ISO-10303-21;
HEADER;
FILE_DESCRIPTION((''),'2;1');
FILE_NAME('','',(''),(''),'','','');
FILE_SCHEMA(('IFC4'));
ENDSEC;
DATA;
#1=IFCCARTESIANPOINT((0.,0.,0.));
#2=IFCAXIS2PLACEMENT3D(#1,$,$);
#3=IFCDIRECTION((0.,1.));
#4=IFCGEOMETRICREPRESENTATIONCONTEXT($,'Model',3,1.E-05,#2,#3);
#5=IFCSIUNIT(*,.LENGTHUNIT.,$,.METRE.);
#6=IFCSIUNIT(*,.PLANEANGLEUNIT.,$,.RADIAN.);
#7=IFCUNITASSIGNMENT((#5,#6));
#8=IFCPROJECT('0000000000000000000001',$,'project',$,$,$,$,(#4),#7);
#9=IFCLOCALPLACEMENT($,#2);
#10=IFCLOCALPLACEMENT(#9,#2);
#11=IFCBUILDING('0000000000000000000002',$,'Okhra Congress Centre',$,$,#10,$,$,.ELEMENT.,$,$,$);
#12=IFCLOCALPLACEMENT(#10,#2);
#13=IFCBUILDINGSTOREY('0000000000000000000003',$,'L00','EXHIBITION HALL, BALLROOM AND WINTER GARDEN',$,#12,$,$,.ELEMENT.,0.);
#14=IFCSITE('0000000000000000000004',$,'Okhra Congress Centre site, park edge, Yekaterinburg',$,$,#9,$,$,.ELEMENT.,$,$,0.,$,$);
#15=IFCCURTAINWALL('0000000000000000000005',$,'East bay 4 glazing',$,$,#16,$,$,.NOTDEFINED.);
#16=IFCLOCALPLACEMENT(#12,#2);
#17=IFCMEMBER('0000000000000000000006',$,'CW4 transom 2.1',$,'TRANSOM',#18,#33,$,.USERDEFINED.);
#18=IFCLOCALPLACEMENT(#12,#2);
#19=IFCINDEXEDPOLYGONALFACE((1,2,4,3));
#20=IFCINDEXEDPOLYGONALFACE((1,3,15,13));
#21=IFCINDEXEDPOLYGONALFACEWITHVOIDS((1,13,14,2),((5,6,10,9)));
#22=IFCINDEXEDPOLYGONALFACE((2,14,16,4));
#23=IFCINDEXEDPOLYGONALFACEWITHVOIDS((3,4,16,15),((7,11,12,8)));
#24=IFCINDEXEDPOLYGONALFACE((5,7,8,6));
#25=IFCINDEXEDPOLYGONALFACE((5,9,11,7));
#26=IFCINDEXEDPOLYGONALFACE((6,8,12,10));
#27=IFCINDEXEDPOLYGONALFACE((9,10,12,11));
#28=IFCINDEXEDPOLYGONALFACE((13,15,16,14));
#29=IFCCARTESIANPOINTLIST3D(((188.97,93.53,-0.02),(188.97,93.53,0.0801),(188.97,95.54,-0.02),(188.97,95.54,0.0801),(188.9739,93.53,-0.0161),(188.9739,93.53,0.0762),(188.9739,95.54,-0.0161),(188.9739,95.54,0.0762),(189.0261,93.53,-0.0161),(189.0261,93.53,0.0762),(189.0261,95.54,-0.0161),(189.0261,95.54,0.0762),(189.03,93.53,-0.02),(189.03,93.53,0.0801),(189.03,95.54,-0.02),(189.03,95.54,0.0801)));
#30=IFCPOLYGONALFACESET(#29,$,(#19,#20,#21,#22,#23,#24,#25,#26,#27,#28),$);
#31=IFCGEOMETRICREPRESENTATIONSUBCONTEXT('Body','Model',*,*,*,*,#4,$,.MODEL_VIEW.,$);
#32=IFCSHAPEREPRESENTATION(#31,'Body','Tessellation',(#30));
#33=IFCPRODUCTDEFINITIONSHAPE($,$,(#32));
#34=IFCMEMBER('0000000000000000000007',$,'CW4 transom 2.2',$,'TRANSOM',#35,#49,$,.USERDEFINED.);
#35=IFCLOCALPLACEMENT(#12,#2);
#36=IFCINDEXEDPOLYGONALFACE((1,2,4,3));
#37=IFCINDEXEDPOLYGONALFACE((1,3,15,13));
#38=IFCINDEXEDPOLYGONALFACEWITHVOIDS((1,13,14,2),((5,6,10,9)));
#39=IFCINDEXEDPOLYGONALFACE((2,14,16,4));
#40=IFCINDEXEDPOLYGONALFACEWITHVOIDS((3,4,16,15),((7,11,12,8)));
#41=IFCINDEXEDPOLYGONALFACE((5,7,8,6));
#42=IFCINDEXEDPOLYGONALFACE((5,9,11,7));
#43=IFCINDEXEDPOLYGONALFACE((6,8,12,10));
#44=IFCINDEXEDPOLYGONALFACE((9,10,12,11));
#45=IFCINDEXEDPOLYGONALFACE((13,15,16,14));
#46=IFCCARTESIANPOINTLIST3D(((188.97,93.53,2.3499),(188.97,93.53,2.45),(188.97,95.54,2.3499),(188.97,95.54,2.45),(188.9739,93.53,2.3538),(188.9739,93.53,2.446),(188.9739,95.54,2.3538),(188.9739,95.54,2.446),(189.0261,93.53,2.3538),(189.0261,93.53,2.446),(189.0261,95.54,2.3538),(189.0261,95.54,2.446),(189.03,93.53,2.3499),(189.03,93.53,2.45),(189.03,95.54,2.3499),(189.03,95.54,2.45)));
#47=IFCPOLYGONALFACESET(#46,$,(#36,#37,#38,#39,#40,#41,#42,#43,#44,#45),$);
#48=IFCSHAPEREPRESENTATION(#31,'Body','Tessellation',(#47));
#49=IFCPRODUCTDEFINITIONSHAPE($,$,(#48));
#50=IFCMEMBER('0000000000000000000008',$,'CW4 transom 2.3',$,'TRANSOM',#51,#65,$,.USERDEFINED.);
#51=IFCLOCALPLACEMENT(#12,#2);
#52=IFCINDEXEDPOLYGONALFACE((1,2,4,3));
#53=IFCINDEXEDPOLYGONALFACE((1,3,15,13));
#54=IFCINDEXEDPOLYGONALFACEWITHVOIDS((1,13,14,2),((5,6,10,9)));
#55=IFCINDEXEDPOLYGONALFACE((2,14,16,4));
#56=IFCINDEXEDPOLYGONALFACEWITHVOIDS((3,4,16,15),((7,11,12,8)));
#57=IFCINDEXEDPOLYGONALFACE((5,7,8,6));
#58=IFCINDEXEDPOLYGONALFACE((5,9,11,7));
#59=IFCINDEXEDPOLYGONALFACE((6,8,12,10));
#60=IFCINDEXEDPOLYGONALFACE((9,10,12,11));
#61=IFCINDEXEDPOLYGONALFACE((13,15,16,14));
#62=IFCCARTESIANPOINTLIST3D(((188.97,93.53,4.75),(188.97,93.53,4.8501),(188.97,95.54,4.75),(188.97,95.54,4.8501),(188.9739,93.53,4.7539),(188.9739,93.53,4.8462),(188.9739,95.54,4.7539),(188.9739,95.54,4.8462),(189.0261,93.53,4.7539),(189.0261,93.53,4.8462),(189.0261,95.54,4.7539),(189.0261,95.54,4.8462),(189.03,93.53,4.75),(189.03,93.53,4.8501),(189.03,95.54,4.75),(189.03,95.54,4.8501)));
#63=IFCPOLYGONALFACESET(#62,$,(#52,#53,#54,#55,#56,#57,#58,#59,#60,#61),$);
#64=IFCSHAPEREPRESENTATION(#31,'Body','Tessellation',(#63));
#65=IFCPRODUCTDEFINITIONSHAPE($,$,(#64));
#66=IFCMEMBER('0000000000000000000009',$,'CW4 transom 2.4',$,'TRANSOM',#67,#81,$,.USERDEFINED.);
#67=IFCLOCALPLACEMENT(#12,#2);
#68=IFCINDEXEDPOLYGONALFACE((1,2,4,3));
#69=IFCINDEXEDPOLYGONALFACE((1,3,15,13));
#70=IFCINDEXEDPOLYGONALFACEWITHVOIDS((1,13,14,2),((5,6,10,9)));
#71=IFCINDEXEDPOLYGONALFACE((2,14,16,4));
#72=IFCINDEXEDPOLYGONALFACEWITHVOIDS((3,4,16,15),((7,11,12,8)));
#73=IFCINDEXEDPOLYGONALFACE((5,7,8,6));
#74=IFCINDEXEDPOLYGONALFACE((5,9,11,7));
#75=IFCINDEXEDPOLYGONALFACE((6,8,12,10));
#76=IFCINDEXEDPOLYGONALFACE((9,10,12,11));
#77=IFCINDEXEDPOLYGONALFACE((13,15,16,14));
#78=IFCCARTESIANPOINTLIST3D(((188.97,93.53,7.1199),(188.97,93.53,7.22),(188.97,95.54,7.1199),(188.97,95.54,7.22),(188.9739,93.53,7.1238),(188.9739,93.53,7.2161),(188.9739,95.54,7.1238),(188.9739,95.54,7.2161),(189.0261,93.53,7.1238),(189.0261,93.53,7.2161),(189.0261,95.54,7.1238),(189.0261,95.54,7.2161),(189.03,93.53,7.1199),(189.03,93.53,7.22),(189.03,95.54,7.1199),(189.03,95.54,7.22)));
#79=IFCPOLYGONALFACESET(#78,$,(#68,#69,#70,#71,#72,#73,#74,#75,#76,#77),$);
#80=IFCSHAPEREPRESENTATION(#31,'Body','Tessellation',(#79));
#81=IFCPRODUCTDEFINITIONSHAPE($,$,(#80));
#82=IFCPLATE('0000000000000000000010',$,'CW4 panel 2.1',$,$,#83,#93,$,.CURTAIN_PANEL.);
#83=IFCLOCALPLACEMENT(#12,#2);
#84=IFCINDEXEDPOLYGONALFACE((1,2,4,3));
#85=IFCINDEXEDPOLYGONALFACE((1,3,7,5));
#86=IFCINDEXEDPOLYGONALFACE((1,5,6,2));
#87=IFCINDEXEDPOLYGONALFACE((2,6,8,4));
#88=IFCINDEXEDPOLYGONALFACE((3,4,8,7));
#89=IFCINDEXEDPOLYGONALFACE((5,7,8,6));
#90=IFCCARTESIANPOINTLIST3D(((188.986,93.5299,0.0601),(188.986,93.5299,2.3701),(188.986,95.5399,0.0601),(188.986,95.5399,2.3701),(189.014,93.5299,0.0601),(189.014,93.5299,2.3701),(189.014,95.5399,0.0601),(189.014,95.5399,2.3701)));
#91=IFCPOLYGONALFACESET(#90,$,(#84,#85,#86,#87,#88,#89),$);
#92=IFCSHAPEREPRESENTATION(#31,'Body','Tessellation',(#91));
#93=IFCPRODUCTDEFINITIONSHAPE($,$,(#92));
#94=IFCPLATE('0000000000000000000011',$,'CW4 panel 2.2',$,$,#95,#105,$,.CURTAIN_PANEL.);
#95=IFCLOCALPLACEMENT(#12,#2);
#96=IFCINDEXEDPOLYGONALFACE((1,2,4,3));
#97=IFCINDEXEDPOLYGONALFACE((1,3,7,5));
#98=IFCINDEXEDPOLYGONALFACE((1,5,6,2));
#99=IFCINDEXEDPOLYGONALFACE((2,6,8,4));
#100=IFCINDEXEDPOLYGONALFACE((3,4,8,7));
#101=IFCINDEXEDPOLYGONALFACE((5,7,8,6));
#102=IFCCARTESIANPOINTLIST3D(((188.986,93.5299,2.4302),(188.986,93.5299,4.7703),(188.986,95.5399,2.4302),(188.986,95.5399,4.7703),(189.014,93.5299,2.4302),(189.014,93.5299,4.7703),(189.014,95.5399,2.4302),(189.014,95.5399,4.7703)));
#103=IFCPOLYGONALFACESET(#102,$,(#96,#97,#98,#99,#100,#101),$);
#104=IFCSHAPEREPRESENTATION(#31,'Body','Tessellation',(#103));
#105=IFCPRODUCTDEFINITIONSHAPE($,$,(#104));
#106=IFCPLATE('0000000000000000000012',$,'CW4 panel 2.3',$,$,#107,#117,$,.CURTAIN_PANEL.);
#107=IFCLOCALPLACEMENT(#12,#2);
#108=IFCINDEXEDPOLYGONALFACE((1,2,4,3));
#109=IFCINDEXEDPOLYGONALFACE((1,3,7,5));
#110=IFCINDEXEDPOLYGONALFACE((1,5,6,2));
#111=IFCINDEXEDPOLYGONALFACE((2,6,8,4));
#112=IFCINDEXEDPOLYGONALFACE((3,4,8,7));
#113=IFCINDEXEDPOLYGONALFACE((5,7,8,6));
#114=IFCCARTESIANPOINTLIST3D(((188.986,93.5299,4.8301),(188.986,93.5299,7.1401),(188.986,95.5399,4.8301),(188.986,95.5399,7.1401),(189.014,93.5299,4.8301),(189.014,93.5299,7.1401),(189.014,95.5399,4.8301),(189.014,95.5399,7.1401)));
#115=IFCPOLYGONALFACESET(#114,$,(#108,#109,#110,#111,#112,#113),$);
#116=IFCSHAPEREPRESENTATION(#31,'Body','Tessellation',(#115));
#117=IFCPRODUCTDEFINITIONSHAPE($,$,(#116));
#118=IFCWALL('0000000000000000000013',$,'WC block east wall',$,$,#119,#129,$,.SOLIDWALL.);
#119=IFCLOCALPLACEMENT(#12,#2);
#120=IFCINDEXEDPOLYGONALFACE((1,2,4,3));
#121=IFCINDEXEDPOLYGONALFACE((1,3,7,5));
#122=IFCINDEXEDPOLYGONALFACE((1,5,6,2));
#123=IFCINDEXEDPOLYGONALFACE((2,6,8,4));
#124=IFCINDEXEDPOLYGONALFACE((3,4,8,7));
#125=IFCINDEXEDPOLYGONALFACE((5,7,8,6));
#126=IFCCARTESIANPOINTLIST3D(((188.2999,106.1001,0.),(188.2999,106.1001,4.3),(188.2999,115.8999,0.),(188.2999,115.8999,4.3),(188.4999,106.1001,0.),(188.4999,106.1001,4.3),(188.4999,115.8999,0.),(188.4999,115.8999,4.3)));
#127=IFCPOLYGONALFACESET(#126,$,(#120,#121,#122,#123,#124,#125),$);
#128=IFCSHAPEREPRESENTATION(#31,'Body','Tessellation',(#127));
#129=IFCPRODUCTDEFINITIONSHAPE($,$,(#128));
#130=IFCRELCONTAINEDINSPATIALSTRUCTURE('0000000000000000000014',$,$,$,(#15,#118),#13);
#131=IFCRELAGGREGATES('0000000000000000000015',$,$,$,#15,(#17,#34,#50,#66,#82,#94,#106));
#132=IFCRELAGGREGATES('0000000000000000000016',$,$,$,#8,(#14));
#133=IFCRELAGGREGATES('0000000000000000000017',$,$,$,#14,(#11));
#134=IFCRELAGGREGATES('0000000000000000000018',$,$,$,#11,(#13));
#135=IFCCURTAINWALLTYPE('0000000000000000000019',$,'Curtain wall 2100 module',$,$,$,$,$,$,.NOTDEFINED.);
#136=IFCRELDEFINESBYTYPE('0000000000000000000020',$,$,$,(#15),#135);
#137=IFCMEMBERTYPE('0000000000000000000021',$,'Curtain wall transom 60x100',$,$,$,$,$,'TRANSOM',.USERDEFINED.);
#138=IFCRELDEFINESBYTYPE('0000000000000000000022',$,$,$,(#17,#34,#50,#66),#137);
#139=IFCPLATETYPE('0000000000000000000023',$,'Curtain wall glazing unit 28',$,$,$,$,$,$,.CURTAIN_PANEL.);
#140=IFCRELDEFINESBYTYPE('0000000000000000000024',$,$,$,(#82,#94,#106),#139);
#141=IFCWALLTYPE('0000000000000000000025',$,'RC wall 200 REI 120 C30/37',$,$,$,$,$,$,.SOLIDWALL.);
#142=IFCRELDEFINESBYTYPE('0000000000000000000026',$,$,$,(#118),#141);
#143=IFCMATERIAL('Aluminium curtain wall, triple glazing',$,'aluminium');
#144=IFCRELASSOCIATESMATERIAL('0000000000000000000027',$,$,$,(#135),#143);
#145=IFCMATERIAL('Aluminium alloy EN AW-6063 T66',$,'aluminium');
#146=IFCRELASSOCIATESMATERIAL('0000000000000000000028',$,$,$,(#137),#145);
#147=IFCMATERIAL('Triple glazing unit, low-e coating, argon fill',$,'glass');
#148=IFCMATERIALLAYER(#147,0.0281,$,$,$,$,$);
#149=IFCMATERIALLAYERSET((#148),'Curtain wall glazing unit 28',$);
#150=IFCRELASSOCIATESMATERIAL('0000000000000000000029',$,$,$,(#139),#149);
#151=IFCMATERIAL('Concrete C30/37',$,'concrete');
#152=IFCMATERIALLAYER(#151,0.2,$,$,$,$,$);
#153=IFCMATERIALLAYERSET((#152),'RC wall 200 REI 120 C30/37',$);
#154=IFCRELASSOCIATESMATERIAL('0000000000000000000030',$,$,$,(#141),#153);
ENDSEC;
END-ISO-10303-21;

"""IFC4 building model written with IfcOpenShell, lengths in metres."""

from ifc_helpers import new_model, si_unit, direction, frame, frame_2d, origin, origin_2d, place, context, subcontext, project, spatial, rectangle, hollow_rectangle, extrude, material, layer, layer_set, material_profile, profile_set, type_object, element, aggregate, save


model = new_model("IFC4")

# Units and contexts
model_context = context("Model", 3, precision=1e-05, world=origin(), true_north=direction((0.0, 1.0)))
body_context = subcontext(model_context, "Body", "Model", "MODEL_VIEW")
ifc_project = project(units=[si_unit("LENGTHUNIT", "METRE"), si_unit("PLANEANGLEUNIT", "RADIAN")], contexts=[model_context])

# Site, building, storey
site_placement = place(None, origin())
site = spatial("IfcSite", under=ifc_project, at=site_placement, Name="Okhra Congress Centre site, park edge, Yekaterinburg", CompositionType="ELEMENT", RefElevation=0.0)
building_placement = place(site_placement, origin())
building = spatial("IfcBuilding", under=site, at=building_placement, Name="Okhra Congress Centre", CompositionType="ELEMENT")
storey_placement = place(building_placement, origin())
storey = spatial("IfcBuildingStorey", under=building, at=storey_placement, Name="L00", Description="EXHIBITION HALL, BALLROOM AND WINTER GARDEN", CompositionType="ELEMENT", Elevation=0.0)

# Shared definitions
ifc_material_1 = material(Name="Concrete C30/37", Category="concrete")

# Curtain wall, members, plates
ifc_material_2 = material(Name="Aluminium curtain wall, triple glazing", Category="aluminium")
curtain_wall_type = type_object("IfcCurtainWallType", Name="Curtain wall 2100 module", PredefinedType="NOTDEFINED", material=ifc_material_2)
curtain_wall_placement = place(storey_placement, origin())
curtain_wall = element("IfcCurtainWall", 1, at=curtain_wall_placement, inside=storey, type_object=curtain_wall_type, Name="East bay 4 glazing", PredefinedType="NOTDEFINED")
ifc_material_3 = material(Name="Aluminium alloy EN AW-6063 T66", Category="aluminium")
ifc_material_profile_1 = material_profile(ifc_material_3, hollow_rectangle(XDim=0.0601, YDim=0.1001, WallThickness=0.0039, at=origin_2d()), Name="RHS 60x100x4")
ifc_profile_set_1 = profile_set([ifc_material_profile_1], Name="Aluminium alloy EN AW-6063 T66")
member_type_1 = type_object("IfcMemberType", Name="Curtain wall transom 60x100", ElementType="TRANSOM", PredefinedType="USERDEFINED", material=ifc_profile_set_1)
member_1_placement = place(storey_placement, frame((189.0, 93.53, 0.03), z_axis=(0.0, 1.0, 0.0), x_axis=(-1.0, 0.0, 0.0)))
member_1 = element("IfcMember", 2, at=member_1_placement, type_object=member_type_1, Name="CW4 transom 2.1", ObjectType="TRANSOM", PredefinedType="USERDEFINED", context=body_context, shape_type="SweptSolid", body=[
    extrude(hollow_rectangle(XDim=0.0601, YDim=0.1001, WallThickness=0.0039, at=origin_2d()), origin(), (0.0, 0.0, 1.0), 2.01),
])
member_2_placement = place(storey_placement, frame((189.0, 93.53, 2.3999), z_axis=(0.0, 1.0, 0.0), x_axis=(-1.0, 0.0, 0.0)))
member_2 = element("IfcMember", 3, at=member_2_placement, type_object=member_type_1, Name="CW4 transom 2.2", ObjectType="TRANSOM", PredefinedType="USERDEFINED", context=body_context, shape_type="SweptSolid", body=[
    extrude(hollow_rectangle(XDim=0.0601, YDim=0.1001, WallThickness=0.0039, at=origin_2d()), origin(), (0.0, 0.0, 1.0), 2.01),
])
member_3_placement = place(storey_placement, frame((189.0, 93.53, 4.8), z_axis=(0.0, 1.0, 0.0), x_axis=(-1.0, 0.0, 0.0)))
member_3 = element("IfcMember", 4, at=member_3_placement, type_object=member_type_1, Name="CW4 transom 2.3", ObjectType="TRANSOM", PredefinedType="USERDEFINED", context=body_context, shape_type="SweptSolid", body=[
    extrude(hollow_rectangle(XDim=0.0601, YDim=0.1001, WallThickness=0.0039, at=origin_2d()), origin(), (0.0, 0.0, 1.0), 2.01),
])
member_4_placement = place(storey_placement, frame((189.0, 93.53, 7.1699), z_axis=(0.0, 1.0, 0.0), x_axis=(-1.0, 0.0, 0.0)))
member_4 = element("IfcMember", 5, at=member_4_placement, type_object=member_type_1, Name="CW4 transom 2.4", ObjectType="TRANSOM", PredefinedType="USERDEFINED", context=body_context, shape_type="SweptSolid", body=[
    extrude(hollow_rectangle(XDim=0.0601, YDim=0.1001, WallThickness=0.0039, at=origin_2d()), origin(), (0.0, 0.0, 1.0), 2.01),
])
ifc_material_4 = material(Name="Triple glazing unit, low-e coating, argon fill", Category="glass")
ifc_layer_1 = layer(ifc_material_4, 0.0281)
ifc_layer_set_1 = layer_set([ifc_layer_1], Name="Curtain wall glazing unit 28")
plate_type = type_object("IfcPlateType", Name="Curtain wall glazing unit 28", PredefinedType="CURTAIN_PANEL", material=ifc_layer_set_1)
plate_1_placement = place(storey_placement, frame((189.0, 94.5349, 0.0601), z_axis=(0.0, 0.0, 1.0), x_axis=(0.0, 1.0, 0.0)))
plate_1 = element("IfcPlate", 6, at=plate_1_placement, type_object=plate_type, Name="CW4 panel 2.1", PredefinedType="CURTAIN_PANEL", context=body_context, shape_type="SweptSolid", body=[
    extrude(rectangle(XDim=2.01, YDim=0.0281, at=origin_2d()), origin(), (0.0, 0.0, 1.0), 2.3101),
])
plate_2_placement = place(storey_placement, frame((189.0, 94.5349, 2.4302), z_axis=(0.0, 0.0, 1.0), x_axis=(0.0, 1.0, 0.0)))
plate_2 = element("IfcPlate", 7, at=plate_2_placement, type_object=plate_type, Name="CW4 panel 2.2", PredefinedType="CURTAIN_PANEL", context=body_context, shape_type="SweptSolid", body=[
    extrude(rectangle(XDim=2.01, YDim=0.0281, at=origin_2d()), origin(), (0.0, 0.0, 1.0), 2.3401),
])
plate_3_placement = place(storey_placement, frame((189.0, 94.5349, 4.8301), z_axis=(0.0, 0.0, 1.0), x_axis=(0.0, 1.0, 0.0)))
plate_3 = element("IfcPlate", 8, at=plate_3_placement, type_object=plate_type, Name="CW4 panel 2.3", PredefinedType="CURTAIN_PANEL", context=body_context, shape_type="SweptSolid", body=[
    extrude(rectangle(XDim=2.01, YDim=0.0281, at=origin_2d()), origin(), (0.0, 0.0, 1.0), 2.3101),
])
aggregate(curtain_wall, [member_1, member_2, member_3, member_4, plate_1, plate_2, plate_3])

# Wall
ifc_layer_2 = layer(ifc_material_1, 0.2)
ifc_layer_set_2 = layer_set([ifc_layer_2], Name="RC wall 200 REI 120 C30/37")
wall_type = type_object("IfcWallType", Name="RC wall 200 REI 120 C30/37", PredefinedType="SOLIDWALL", material=ifc_layer_set_2)
wall_placement = place(storey_placement, frame((188.3999, 106.1001, 0.0), z_axis=(0.0, 0.0, 1.0), x_axis=(0.0, 1.0, 0.0)))
element("IfcWall", 9, at=wall_placement, inside=storey, type_object=wall_type, Name="WC block east wall", PredefinedType="SOLIDWALL", context=body_context, shape_type="SweptSolid", body=[
    extrude(rectangle(XDim=9.7998, YDim=0.2, at=frame_2d((4.8999, 0.0))), origin(), (0.0, 0.0, 1.0), 4.3),
])

save(model, "model.ifc")
